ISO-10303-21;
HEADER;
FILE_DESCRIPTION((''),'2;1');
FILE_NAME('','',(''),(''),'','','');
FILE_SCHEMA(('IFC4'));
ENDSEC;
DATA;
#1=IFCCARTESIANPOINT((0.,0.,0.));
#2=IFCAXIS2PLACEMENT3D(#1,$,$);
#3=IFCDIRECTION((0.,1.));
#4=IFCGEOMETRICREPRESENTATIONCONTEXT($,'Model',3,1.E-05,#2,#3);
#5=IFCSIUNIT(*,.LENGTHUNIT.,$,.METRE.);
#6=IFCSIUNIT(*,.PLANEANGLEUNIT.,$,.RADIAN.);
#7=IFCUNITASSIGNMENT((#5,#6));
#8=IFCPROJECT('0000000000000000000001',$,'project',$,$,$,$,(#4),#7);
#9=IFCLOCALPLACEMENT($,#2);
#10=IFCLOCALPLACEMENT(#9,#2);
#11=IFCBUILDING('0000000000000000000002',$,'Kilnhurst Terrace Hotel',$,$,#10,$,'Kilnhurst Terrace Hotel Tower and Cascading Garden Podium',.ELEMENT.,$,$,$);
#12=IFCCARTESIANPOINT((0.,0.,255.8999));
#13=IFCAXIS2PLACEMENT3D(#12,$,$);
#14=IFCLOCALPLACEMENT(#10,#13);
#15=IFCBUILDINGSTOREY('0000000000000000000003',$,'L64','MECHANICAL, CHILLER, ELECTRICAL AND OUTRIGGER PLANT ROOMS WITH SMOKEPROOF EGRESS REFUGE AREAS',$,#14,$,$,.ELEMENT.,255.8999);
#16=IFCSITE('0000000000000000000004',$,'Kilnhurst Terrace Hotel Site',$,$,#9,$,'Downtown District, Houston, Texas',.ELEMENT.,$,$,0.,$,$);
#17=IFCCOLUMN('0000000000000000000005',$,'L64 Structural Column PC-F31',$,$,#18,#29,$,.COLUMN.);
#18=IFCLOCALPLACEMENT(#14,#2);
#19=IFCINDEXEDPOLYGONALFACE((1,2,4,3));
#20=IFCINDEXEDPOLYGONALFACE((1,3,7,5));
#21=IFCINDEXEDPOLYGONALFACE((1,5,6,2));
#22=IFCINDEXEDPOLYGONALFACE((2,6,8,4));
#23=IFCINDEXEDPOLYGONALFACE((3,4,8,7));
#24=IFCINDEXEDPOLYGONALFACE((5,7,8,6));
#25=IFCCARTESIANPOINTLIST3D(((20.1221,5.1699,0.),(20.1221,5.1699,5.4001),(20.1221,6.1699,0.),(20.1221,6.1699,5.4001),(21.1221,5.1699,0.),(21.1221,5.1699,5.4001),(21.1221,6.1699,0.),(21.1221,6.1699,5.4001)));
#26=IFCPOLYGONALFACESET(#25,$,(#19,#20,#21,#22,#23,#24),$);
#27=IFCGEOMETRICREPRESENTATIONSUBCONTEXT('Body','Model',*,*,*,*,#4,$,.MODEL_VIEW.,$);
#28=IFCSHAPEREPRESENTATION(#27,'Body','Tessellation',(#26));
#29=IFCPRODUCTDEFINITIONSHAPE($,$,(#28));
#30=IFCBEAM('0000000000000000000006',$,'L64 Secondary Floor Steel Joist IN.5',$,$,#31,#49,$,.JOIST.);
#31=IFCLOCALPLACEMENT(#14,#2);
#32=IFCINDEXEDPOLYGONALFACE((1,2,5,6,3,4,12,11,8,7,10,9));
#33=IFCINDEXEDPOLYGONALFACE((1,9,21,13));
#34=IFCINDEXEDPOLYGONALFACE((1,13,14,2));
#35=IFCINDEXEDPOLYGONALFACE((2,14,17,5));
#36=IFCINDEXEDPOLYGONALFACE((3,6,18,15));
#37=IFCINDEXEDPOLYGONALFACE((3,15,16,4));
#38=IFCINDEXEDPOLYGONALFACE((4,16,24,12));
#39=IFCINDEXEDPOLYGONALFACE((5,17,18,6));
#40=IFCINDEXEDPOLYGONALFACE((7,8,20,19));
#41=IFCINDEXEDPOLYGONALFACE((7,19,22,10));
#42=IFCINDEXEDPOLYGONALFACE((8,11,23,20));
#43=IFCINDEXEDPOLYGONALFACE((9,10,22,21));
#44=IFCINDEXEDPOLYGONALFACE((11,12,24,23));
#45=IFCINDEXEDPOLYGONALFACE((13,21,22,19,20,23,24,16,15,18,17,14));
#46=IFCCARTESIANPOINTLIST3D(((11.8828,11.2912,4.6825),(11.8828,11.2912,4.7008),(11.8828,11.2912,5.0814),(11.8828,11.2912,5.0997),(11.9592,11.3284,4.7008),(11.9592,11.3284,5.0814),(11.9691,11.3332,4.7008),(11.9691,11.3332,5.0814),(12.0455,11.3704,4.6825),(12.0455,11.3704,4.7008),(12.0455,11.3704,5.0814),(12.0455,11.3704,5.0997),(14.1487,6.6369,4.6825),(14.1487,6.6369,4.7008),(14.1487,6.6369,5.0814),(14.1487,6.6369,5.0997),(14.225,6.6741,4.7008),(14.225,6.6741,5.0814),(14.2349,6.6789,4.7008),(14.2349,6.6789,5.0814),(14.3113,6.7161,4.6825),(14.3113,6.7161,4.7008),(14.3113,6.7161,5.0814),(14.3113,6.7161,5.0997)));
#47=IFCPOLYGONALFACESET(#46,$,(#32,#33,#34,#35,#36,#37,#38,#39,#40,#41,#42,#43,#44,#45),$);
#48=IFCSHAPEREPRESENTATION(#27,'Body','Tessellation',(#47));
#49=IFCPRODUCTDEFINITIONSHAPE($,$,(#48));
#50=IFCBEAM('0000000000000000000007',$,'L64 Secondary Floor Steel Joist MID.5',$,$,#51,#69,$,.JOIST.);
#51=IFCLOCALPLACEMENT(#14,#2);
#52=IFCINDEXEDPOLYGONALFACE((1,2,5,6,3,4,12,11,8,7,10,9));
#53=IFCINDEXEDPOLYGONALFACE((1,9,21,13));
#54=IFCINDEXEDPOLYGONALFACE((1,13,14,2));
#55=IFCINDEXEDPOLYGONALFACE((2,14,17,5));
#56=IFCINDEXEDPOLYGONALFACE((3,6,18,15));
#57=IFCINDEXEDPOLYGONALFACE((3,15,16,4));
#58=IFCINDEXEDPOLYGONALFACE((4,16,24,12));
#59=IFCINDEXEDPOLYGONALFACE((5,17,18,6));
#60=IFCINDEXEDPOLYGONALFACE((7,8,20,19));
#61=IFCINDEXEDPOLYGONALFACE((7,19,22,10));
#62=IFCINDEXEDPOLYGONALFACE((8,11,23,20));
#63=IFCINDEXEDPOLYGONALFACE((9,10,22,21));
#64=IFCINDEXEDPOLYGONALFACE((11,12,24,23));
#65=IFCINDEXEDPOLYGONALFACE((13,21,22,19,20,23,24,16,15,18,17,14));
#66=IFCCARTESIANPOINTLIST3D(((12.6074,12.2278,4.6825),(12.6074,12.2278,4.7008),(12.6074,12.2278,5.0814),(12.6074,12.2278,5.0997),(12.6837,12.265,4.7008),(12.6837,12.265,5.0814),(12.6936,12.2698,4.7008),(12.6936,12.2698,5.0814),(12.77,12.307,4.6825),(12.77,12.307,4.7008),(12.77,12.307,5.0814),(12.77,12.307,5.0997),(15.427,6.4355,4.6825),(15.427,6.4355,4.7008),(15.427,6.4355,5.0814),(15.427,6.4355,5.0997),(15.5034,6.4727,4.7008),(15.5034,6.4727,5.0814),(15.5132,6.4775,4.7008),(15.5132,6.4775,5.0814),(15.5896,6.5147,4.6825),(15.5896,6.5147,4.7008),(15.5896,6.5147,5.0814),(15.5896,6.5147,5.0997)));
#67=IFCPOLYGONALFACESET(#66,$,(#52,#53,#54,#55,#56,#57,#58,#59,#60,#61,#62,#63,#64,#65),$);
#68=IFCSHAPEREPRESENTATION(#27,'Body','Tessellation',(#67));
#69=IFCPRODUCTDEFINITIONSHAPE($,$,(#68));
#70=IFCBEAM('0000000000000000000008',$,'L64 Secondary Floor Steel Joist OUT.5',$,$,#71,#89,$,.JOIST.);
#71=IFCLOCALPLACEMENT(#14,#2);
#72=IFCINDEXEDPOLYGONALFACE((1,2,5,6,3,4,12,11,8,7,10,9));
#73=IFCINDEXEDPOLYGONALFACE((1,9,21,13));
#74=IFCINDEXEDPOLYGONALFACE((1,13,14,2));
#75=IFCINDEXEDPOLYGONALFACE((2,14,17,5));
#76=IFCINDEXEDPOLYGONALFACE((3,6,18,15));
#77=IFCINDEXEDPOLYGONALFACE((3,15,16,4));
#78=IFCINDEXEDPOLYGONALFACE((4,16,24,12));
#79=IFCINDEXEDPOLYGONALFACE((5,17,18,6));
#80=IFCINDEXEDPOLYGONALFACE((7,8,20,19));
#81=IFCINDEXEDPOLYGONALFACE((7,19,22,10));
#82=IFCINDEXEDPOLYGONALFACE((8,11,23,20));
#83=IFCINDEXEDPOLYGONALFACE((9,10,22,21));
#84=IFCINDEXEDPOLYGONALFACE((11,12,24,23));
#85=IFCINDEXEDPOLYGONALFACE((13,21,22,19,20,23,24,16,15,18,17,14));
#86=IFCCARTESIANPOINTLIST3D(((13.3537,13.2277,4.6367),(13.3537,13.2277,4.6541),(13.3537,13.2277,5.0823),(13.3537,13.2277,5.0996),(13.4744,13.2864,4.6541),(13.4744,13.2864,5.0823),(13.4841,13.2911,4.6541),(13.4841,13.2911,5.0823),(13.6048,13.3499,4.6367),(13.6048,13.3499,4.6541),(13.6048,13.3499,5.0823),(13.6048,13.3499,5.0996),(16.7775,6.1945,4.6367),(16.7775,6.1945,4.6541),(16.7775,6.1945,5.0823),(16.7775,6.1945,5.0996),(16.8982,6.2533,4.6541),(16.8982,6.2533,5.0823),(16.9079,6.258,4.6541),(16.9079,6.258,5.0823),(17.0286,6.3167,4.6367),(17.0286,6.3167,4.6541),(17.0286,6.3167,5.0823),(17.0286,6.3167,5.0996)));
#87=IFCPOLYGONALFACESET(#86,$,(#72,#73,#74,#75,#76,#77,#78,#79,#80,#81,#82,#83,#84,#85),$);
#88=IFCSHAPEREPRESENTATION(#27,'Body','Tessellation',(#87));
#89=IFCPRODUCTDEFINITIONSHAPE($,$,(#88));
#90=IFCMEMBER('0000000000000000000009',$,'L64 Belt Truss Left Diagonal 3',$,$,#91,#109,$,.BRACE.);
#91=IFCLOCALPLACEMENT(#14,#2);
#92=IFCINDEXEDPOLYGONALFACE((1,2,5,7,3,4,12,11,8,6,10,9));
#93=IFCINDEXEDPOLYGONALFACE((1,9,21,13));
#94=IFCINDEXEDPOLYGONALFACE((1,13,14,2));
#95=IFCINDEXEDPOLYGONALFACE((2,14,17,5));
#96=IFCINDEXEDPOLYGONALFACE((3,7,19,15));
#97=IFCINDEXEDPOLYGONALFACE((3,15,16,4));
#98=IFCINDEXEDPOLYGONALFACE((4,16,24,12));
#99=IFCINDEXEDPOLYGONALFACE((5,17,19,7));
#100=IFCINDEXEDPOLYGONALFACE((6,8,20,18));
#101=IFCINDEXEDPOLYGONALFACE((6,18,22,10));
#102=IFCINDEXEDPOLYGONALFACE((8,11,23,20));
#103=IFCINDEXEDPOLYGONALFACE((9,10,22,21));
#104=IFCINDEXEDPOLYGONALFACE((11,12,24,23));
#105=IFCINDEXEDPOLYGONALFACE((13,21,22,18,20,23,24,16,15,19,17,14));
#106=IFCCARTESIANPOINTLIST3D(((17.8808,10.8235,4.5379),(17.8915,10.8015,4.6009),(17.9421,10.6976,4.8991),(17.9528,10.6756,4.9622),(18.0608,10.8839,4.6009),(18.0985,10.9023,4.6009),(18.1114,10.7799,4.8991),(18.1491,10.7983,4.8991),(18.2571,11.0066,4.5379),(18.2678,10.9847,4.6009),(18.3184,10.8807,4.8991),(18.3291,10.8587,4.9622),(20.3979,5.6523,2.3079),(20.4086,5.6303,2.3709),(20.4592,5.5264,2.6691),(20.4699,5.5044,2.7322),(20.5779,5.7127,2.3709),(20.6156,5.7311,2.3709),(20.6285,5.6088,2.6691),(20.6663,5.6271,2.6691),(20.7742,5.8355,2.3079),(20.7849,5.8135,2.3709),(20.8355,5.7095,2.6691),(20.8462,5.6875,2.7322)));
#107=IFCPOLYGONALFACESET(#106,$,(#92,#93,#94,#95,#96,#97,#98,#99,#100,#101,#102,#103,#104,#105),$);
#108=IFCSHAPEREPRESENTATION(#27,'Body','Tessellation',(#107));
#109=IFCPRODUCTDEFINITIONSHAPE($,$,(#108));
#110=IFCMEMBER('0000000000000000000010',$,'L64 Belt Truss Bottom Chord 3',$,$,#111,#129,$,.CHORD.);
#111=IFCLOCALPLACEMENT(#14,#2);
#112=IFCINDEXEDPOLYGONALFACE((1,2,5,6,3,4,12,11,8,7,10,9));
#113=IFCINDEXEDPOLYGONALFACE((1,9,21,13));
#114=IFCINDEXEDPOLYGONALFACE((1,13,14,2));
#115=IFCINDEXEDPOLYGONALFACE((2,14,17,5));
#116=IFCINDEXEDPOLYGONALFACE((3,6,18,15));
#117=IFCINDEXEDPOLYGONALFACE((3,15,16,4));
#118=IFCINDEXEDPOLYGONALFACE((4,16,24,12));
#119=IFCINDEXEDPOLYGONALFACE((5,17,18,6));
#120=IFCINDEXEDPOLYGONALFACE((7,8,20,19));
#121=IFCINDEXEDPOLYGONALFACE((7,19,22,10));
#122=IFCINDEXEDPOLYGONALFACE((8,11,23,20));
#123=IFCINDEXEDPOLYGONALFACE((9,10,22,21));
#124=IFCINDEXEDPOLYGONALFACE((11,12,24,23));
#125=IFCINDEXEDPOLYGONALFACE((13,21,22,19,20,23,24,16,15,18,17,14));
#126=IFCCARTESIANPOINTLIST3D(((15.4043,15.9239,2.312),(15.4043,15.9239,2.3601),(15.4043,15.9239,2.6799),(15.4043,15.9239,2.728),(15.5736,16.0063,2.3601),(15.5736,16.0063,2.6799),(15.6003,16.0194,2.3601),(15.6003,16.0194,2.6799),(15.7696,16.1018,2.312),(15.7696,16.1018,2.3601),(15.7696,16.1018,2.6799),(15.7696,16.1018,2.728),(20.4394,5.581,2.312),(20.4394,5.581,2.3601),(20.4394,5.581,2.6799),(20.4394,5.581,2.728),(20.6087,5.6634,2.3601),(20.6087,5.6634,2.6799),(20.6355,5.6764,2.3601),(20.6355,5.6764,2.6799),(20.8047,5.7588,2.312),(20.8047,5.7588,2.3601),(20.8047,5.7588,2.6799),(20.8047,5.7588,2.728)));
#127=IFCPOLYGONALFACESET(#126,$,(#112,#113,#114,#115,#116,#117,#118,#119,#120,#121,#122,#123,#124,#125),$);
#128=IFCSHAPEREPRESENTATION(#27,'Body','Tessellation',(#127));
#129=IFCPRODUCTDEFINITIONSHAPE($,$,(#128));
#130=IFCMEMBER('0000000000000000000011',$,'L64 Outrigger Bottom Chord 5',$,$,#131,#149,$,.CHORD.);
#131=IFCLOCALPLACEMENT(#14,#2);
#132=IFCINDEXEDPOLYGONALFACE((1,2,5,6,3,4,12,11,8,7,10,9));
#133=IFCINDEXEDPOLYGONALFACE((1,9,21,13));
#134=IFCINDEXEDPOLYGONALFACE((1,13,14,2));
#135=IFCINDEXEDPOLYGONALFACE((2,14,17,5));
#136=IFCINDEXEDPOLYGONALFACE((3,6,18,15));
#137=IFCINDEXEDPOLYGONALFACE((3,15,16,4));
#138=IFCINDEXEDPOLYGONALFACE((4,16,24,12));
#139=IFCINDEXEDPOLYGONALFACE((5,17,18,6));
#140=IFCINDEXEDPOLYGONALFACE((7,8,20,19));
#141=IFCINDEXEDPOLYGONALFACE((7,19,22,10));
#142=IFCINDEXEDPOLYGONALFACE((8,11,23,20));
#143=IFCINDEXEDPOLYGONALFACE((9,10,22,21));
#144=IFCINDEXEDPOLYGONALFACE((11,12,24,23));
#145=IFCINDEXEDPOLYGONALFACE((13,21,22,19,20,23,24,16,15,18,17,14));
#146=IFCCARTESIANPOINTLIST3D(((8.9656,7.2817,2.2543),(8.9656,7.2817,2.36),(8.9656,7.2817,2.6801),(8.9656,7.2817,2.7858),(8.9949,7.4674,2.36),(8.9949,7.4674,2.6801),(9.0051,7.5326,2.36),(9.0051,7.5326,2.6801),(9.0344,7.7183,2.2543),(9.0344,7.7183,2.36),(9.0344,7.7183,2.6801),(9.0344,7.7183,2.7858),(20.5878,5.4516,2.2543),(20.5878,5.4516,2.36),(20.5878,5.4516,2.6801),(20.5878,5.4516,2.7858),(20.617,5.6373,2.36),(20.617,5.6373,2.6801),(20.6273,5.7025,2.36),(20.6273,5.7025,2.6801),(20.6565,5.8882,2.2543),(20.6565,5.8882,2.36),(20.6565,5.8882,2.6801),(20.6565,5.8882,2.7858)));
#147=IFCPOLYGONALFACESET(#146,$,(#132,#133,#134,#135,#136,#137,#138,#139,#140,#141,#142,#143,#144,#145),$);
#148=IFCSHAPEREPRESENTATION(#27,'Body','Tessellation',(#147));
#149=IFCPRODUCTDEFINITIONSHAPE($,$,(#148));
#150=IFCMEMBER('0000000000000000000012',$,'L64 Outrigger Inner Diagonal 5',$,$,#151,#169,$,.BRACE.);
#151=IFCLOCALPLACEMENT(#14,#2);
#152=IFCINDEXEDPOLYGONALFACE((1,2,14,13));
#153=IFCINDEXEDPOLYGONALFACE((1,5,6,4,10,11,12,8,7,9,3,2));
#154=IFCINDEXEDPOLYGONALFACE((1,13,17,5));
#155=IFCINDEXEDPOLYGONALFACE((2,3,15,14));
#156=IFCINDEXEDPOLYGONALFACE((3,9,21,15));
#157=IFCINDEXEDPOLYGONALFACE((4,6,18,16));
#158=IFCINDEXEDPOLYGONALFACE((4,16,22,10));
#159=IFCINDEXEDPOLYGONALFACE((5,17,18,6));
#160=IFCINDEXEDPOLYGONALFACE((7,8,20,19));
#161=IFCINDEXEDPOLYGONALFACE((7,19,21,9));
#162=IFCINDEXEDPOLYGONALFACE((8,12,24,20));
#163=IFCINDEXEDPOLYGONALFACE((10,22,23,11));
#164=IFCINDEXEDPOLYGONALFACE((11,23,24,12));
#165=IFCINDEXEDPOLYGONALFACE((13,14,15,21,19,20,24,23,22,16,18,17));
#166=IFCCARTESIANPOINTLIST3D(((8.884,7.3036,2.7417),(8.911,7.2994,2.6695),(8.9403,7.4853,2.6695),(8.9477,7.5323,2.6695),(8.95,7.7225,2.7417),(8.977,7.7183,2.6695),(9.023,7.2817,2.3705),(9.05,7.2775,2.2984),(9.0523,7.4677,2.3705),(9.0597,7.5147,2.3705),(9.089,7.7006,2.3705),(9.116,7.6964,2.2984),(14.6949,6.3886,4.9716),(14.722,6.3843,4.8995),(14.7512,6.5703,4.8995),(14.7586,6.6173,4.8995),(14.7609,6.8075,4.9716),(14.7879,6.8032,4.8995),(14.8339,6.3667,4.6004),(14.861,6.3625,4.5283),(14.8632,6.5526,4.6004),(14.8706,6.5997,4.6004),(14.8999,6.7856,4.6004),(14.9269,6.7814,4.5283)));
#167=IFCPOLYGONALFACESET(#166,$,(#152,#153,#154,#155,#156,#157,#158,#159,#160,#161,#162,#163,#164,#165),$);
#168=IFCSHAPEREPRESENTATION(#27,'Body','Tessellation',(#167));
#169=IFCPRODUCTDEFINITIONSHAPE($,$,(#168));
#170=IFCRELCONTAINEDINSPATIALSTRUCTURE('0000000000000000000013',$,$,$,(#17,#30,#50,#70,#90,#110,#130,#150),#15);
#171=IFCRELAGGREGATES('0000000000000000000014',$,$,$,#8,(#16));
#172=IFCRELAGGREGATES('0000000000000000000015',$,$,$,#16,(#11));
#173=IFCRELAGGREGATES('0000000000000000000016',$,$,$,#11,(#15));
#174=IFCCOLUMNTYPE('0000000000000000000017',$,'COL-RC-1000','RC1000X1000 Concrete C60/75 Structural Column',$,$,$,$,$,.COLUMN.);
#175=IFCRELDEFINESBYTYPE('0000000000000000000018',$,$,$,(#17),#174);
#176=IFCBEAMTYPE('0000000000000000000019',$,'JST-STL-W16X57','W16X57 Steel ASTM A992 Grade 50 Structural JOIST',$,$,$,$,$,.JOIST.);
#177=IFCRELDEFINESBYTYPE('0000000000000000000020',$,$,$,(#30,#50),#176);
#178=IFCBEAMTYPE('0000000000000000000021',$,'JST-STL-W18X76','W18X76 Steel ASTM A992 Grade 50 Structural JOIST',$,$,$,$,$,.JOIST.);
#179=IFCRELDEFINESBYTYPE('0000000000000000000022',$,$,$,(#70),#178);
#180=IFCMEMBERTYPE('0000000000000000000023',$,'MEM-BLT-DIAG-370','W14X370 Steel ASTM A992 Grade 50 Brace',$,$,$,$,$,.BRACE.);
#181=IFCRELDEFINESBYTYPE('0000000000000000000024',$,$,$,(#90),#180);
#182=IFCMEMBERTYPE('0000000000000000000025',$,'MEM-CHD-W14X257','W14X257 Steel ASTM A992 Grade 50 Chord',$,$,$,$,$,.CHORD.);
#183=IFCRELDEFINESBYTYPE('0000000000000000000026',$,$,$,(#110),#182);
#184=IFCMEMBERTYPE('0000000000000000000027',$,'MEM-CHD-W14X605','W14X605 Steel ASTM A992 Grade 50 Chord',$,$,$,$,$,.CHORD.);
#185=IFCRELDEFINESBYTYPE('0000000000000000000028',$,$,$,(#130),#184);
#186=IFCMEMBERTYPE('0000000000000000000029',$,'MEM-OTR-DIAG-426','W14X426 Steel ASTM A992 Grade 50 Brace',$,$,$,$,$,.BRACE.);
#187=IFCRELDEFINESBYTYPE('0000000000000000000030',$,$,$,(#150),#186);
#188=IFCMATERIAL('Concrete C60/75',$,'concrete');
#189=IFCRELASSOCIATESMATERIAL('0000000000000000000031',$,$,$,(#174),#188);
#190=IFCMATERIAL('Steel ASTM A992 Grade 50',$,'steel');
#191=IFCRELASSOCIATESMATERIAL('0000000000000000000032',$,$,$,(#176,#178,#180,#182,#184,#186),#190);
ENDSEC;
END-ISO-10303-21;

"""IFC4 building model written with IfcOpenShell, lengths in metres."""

from ifc_helpers import new_model, si_unit, direction, frame, origin, origin_2d, place, context, subcontext, project, spatial, rectangle, i_section, extrude, material, material_profile, profile_set, type_object, element, save


model = new_model("IFC4")

# Units and contexts
model_context = context("Model", 3, precision=1e-05, world=origin(), true_north=direction((0.0, 1.0)))
body_context = subcontext(model_context, "Body", "Model", "MODEL_VIEW")
ifc_project = project(units=[si_unit("LENGTHUNIT", "METRE"), si_unit("PLANEANGLEUNIT", "RADIAN")], contexts=[model_context])

# Site, building, storey
site_placement = place(None, origin())
site = spatial("IfcSite", under=ifc_project, at=site_placement, Name="Kilnhurst Terrace Hotel Site", LongName="Downtown District, Houston, Texas", CompositionType="ELEMENT", RefElevation=0.0)
building_placement = place(site_placement, origin())
building = spatial("IfcBuilding", under=site, at=building_placement, Name="Kilnhurst Terrace Hotel", LongName="Kilnhurst Terrace Hotel Tower and Cascading Garden Podium", CompositionType="ELEMENT")
storey_placement = place(building_placement, frame((0.0, 0.0, 255.8999)))
storey = spatial("IfcBuildingStorey", under=building, at=storey_placement, Name="L64", Description="MECHANICAL, CHILLER, ELECTRICAL AND OUTRIGGER PLANT ROOMS WITH SMOKEPROOF EGRESS REFUGE AREAS", CompositionType="ELEMENT", Elevation=255.8999)

# Column
ifc_material_1 = material(Name="Concrete C60/75", Category="concrete")
ifc_material_profile_1 = material_profile(ifc_material_1, rectangle(XDim=1.0, YDim=1.0, at=origin_2d()), Name="RC1000X1000")
ifc_profile_set_1 = profile_set([ifc_material_profile_1], Name="Concrete C60/75")
column_type = type_object("IfcColumnType", Name="COL-RC-1000", Description="RC1000X1000 Concrete C60/75 Structural Column", PredefinedType="COLUMN", material=ifc_profile_set_1)
column_placement = place(storey_placement, frame((20.6221, 5.6699, 0.0), z_axis=(0.0, 0.0, 1.0), x_axis=(1.0, 0.0, 0.0)))
element("IfcColumn", 1, at=column_placement, inside=storey, type_object=column_type, Name="L64 Structural Column PC-F31", PredefinedType="COLUMN", context=body_context, shape_type="SweptSolid", body=[
    extrude(rectangle(XDim=1.0, YDim=1.0, at=origin_2d()), origin(), (0.0, 0.0, 1.0), 5.4001),
])

# Beams
ifc_material_2 = material(Name="Steel ASTM A992 Grade 50", Category="steel")
ifc_material_profile_2 = material_profile(ifc_material_2, i_section(OverallWidth=0.1809, OverallDepth=0.4172, WebThickness=0.011, FlangeThickness=0.0183, at=origin_2d()), Name="W16X57")
ifc_profile_set_2 = profile_set([ifc_material_profile_2], Name="Steel ASTM A992 Grade 50")
beam_type_1 = type_object("IfcBeamType", Name="JST-STL-W16X57", Description="W16X57 Steel ASTM A992 Grade 50 Structural JOIST", PredefinedType="JOIST", material=ifc_profile_set_2)
beam_1_placement = place(storey_placement, frame((14.23, 6.6765, 4.8911), z_axis=(-0.437718, 0.899112, 0.0), x_axis=(-0.899112, -0.437718, 0.0)))
element("IfcBeam", 2, at=beam_1_placement, inside=storey, type_object=beam_type_1, Name="L64 Secondary Floor Steel Joist IN.5", PredefinedType="JOIST", context=body_context, shape_type="SweptSolid", body=[
    extrude(i_section(OverallWidth=0.1809, OverallDepth=0.4172, WebThickness=0.011, FlangeThickness=0.0183, at=origin_2d()), origin(), (0.0, 0.0, 1.0), 5.1765),
])
beam_2_placement = place(storey_placement, frame((15.5083, 6.4751, 4.8911), z_axis=(-0.437684, 0.899129, 0.0), x_axis=(-0.899129, -0.437684, 0.0)))
element("IfcBeam", 3, at=beam_2_placement, inside=storey, type_object=beam_type_1, Name="L64 Secondary Floor Steel Joist MID.5", PredefinedType="JOIST", context=body_context, shape_type="SweptSolid", body=[
    extrude(i_section(OverallWidth=0.1809, OverallDepth=0.4172, WebThickness=0.011, FlangeThickness=0.0183, at=origin_2d()), origin(), (0.0, 0.0, 1.0), 6.4421),
])
ifc_material_profile_3 = material_profile(ifc_material_2, i_section(OverallWidth=0.2793, OverallDepth=0.4629, WebThickness=0.0107, FlangeThickness=0.0173, at=origin_2d()), Name="W18X76")
ifc_profile_set_3 = profile_set([ifc_material_profile_3], Name="Steel ASTM A992 Grade 50")
beam_type_2 = type_object("IfcBeamType", Name="JST-STL-W18X76", Description="W18X76 Steel ASTM A992 Grade 50 Structural JOIST", PredefinedType="JOIST", material=ifc_profile_set_3)
beam_3_placement = place(storey_placement, frame((16.9031, 6.2556, 4.8682), z_axis=(-0.4377, 0.899121, 0.0), x_axis=(-0.899121, -0.4377, 0.0)))
element("IfcBeam", 4, at=beam_3_placement, inside=storey, type_object=beam_type_2, Name="L64 Secondary Floor Steel Joist OUT.5", PredefinedType="JOIST", context=body_context, shape_type="SweptSolid", body=[
    extrude(i_section(OverallWidth=0.2793, OverallDepth=0.4629, WebThickness=0.0107, FlangeThickness=0.0173, at=origin_2d()), origin(), (0.0, 0.0, 1.0), 7.8223),
])

# Members
ifc_material_profile_4 = material_profile(ifc_material_2, i_section(OverallWidth=0.4185, OverallDepth=0.4551, WebThickness=0.042, FlangeThickness=0.0676, at=origin_2d()), Name="W14X370")
ifc_profile_set_4 = profile_set([ifc_material_profile_4], Name="Steel ASTM A992 Grade 50")
member_type_1 = type_object("IfcMemberType", Name="MEM-BLT-DIAG-370", Description="W14X370 Steel ASTM A992 Grade 50 Brace", PredefinedType="BRACE", material=ifc_profile_set_4)
member_1_placement = place(storey_placement, frame((20.6221, 5.6699, 2.52), z_axis=(-0.408061, 0.838327, 0.361516), x_axis=(-0.899139, -0.437662, 0.0)))
element("IfcMember", 5, at=member_1_placement, inside=storey, type_object=member_type_1, Name="L64 Belt Truss Left Diagonal 3", PredefinedType="BRACE", context=body_context, shape_type="SweptSolid", body=[
    extrude(i_section(OverallWidth=0.4185, OverallDepth=0.4551, WebThickness=0.042, FlangeThickness=0.0676, at=origin_2d()), origin(), (0.0, 0.0, 1.0), 6.1685),
])
ifc_material_profile_5 = material_profile(ifc_material_2, i_section(OverallWidth=0.4062, OverallDepth=0.416, WebThickness=0.0298, FlangeThickness=0.0481, at=origin_2d()), Name="W14X257")
ifc_profile_set_5 = profile_set([ifc_material_profile_5], Name="Steel ASTM A992 Grade 50")
member_type_2 = type_object("IfcMemberType", Name="MEM-CHD-W14X257", Description="W14X257 Steel ASTM A992 Grade 50 Chord", PredefinedType="CHORD", material=ifc_profile_set_5)
member_2_placement = place(storey_placement, frame((20.6221, 5.6699, 2.52), z_axis=(-0.437706, 0.899118, 0.0), x_axis=(-0.899118, -0.437706, 0.0)))
element("IfcMember", 6, at=member_2_placement, inside=storey, type_object=member_type_2, Name="L64 Belt Truss Bottom Chord 3", PredefinedType="CHORD", context=body_context, shape_type="SweptSolid", body=[
    extrude(i_section(OverallWidth=0.4062, OverallDepth=0.416, WebThickness=0.0298, FlangeThickness=0.0481, at=origin_2d()), origin(), (0.0, 0.0, 1.0), 11.5034),
])
ifc_material_profile_6 = material_profile(ifc_material_2, i_section(OverallWidth=0.4419, OverallDepth=0.5315, WebThickness=0.0659, FlangeThickness=0.1057, at=origin_2d()), Name="W14X605")
ifc_profile_set_6 = profile_set([ifc_material_profile_6], Name="Steel ASTM A992 Grade 50")
member_type_3 = type_object("IfcMemberType", Name="MEM-CHD-W14X605", Description="W14X605 Steel ASTM A992 Grade 50 Chord", PredefinedType="CHORD", material=ifc_profile_set_6)
member_3_placement = place(storey_placement, frame((9.0, 7.5, 2.52), z_axis=(0.987828, -0.155549, 0.0), x_axis=(0.155549, 0.987828, 0.0)))
element("IfcMember", 7, at=member_3_placement, inside=storey, type_object=member_type_3, Name="L64 Outrigger Bottom Chord 5", PredefinedType="CHORD", context=body_context, shape_type="SweptSolid", body=[
    extrude(i_section(OverallWidth=0.4419, OverallDepth=0.5315, WebThickness=0.0659, FlangeThickness=0.1057, at=origin_2d()), origin(), (0.0, 0.0, 1.0), 11.7654),
])
ifc_material_profile_7 = material_profile(ifc_material_2, i_section(OverallWidth=0.4241, OverallDepth=0.4741, WebThickness=0.0476, FlangeThickness=0.0771, at=origin_2d()), Name="W14X426")
ifc_profile_set_7 = profile_set([ifc_material_profile_7], Name="Steel ASTM A992 Grade 50")
member_type_4 = type_object("IfcMemberType", Name="MEM-OTR-DIAG-426", Description="W14X426 Steel ASTM A992 Grade 50 Brace", PredefinedType="BRACE", material=ifc_profile_set_7)
for number, where, z_axis, x_axis, name in (
    (8, (9.0, 7.5, 2.52), (0.923688, -0.145449, 0.354465), (0.155549, 0.987828, 0.0), "L64 Outrigger Inner Diagonal 5"),
):
    element("IfcMember", number, at=place(storey_placement, frame(where, z_axis=z_axis, x_axis=x_axis)), inside=storey, type_object=member_type_4, Name=name, PredefinedType="BRACE", context=body_context, shape_type="SweptSolid", body=[
        extrude(i_section(OverallWidth=0.4241, OverallDepth=0.4741, WebThickness=0.0476, FlangeThickness=0.0771, at=origin_2d()), origin(), (0.0, 0.0, 1.0), 6.291),
    ])

save(model, "model.ifc")
